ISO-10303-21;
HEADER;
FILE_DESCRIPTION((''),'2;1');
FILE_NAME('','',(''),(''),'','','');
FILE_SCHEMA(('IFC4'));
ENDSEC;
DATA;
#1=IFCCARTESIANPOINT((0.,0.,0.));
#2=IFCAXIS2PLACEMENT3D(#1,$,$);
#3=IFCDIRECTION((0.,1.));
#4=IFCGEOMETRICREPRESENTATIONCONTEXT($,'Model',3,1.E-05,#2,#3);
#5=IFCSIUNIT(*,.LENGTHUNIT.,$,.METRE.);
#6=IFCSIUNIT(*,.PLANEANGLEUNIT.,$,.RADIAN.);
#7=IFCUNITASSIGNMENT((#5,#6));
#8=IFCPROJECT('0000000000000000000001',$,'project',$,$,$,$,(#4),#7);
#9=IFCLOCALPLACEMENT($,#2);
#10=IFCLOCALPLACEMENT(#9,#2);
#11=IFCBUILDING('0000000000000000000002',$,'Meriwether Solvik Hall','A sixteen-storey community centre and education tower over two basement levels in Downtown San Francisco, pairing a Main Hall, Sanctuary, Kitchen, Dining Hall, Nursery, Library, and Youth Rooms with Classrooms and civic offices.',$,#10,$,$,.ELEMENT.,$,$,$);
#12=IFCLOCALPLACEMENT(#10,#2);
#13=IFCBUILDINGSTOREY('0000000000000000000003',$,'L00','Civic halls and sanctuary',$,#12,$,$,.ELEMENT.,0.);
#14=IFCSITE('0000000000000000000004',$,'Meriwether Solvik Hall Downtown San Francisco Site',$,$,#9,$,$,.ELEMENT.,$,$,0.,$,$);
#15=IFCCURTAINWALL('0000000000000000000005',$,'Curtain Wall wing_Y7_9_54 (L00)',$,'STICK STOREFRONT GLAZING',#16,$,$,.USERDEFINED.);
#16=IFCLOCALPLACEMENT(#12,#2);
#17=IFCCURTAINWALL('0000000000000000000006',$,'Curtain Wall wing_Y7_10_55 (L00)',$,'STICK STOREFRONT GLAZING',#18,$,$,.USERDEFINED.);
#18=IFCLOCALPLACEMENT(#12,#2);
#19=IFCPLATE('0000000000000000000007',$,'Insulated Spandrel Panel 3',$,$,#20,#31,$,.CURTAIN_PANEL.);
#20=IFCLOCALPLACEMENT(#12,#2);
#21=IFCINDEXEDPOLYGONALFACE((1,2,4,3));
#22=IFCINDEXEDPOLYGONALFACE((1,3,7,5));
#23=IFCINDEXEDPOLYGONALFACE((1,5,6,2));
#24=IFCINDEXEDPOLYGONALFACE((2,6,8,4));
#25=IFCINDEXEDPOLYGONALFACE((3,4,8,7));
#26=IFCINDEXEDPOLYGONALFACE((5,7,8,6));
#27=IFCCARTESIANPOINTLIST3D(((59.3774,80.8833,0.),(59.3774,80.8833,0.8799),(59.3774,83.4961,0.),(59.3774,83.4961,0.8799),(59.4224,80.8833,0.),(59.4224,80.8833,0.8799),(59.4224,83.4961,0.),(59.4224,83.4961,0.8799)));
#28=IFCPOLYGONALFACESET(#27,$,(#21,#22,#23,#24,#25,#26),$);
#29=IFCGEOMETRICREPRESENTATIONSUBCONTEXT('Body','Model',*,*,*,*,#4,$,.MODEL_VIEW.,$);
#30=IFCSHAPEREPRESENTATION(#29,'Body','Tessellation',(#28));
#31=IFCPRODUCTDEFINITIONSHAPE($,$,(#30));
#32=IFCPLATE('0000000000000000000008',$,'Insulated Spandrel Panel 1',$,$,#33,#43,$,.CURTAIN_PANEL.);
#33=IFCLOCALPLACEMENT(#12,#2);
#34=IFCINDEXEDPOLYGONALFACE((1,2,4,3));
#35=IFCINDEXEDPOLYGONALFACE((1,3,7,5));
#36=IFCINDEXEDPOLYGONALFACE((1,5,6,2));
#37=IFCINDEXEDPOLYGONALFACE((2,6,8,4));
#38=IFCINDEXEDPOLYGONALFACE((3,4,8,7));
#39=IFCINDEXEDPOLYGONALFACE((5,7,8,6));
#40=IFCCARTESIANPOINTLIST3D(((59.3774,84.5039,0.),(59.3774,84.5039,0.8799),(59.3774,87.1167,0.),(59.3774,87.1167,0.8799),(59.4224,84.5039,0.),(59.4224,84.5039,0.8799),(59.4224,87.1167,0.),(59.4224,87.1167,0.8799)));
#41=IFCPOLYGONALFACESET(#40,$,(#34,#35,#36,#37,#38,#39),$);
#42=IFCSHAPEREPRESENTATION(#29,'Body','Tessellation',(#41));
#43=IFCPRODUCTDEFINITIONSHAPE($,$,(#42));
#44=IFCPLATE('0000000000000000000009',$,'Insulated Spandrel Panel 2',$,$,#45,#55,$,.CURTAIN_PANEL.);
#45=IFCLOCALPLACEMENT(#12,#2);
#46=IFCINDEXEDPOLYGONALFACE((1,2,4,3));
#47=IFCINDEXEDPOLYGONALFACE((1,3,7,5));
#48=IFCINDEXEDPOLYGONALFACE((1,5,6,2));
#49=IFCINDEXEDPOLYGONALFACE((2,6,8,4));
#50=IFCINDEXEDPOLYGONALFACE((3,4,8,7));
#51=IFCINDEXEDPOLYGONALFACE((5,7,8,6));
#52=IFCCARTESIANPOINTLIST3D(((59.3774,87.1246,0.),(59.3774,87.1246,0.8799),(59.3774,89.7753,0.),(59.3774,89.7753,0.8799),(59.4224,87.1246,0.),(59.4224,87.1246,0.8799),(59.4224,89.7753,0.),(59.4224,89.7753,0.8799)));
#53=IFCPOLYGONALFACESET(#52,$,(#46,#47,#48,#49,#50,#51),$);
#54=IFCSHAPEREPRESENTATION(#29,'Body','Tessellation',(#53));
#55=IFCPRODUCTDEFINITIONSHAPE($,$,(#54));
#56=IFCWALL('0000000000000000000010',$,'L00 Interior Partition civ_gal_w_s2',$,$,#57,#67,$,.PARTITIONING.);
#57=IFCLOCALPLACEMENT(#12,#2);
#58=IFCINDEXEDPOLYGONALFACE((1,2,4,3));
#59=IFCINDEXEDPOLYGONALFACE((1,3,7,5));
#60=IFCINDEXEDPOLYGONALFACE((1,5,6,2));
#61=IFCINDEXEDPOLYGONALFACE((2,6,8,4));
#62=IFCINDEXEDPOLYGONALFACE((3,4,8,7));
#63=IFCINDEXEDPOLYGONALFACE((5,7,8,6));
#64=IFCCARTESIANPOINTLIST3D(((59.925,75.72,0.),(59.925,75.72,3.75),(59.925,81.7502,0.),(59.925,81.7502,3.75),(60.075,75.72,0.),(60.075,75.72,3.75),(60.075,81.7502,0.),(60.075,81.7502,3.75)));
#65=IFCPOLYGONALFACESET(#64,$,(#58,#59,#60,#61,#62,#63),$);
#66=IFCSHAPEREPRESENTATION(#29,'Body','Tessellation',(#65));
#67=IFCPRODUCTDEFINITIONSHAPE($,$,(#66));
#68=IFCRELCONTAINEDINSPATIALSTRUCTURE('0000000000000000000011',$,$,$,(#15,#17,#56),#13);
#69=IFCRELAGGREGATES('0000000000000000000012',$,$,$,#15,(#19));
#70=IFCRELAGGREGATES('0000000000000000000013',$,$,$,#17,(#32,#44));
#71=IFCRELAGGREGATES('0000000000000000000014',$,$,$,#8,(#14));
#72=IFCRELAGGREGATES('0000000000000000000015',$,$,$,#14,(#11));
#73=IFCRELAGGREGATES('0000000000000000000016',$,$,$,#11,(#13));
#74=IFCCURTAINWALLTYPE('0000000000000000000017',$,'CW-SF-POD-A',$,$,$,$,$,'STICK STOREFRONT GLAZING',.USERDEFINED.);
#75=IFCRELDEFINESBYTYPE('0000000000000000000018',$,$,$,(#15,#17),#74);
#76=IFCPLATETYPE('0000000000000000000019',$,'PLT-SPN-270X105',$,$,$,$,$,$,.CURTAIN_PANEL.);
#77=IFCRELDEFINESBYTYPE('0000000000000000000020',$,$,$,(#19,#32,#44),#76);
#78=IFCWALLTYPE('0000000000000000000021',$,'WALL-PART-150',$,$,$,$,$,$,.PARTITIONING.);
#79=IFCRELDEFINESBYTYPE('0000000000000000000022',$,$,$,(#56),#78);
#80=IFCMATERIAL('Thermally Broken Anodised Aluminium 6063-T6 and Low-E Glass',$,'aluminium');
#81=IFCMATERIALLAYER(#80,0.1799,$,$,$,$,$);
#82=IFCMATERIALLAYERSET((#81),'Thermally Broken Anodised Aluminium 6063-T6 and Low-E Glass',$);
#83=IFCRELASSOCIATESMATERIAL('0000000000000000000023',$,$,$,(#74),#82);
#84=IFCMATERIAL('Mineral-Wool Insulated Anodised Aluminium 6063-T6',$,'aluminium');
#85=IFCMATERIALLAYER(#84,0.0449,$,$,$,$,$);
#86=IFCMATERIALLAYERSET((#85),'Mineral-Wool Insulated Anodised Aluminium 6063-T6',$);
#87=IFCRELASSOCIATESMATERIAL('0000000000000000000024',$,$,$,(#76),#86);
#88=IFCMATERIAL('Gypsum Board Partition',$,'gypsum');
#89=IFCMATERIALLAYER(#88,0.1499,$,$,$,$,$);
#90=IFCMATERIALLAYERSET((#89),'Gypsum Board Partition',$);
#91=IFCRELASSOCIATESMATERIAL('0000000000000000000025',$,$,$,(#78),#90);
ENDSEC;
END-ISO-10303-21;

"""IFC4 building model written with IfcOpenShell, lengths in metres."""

from ifc_helpers import new_model, si_unit, direction, frame, frame_2d, origin, origin_2d, place, context, subcontext, project, spatial, rectangle, extrude, material, layer, layer_set, type_object, element, aggregate, save


model = new_model("IFC4")

# Units and contexts
model_context = context("Model", 3, precision=1e-05, world=origin(), true_north=direction((0.0, 1.0)))
body_context = subcontext(model_context, "Body", "Model", "MODEL_VIEW")
ifc_project = project(units=[si_unit("LENGTHUNIT", "METRE"), si_unit("PLANEANGLEUNIT", "RADIAN")], contexts=[model_context])

# Site, building, storey
site_placement = place(None, origin())
site = spatial("IfcSite", under=ifc_project, at=site_placement, Name="Meriwether Solvik Hall Downtown San Francisco Site", CompositionType="ELEMENT", RefElevation=0.0)
building_placement = place(site_placement, origin())
building = spatial("IfcBuilding", under=site, at=building_placement, Name="Meriwether Solvik Hall", Description="A sixteen-storey community centre and education tower over two basement levels in Downtown San Francisco, pairing a Main Hall, Sanctuary, Kitchen, Dining Hall, Nursery, Library, and Youth Rooms with Classrooms and civic offices.", CompositionType="ELEMENT")
storey_placement = place(building_placement, origin())
storey = spatial("IfcBuildingStorey", under=building, at=storey_placement, Name="L00", Description="Civic halls and sanctuary", CompositionType="ELEMENT", Elevation=0.0)

# Curtain walls
ifc_material_1 = material(Name="Thermally Broken Anodised Aluminium 6063-T6 and Low-E Glass", Category="aluminium")
ifc_layer_1 = layer(ifc_material_1, 0.1799)
ifc_layer_set_1 = layer_set([ifc_layer_1], Name="Thermally Broken Anodised Aluminium 6063-T6 and Low-E Glass")
curtain_wall_type = type_object("IfcCurtainWallType", Name="CW-SF-POD-A", ElementType="STICK STOREFRONT GLAZING", PredefinedType="USERDEFINED", material=ifc_layer_set_1)
curtain_wall_1_placement = place(storey_placement, origin())
curtain_wall_1 = element("IfcCurtainWall", 1, at=curtain_wall_1_placement, inside=storey, type_object=curtain_wall_type, Name="Curtain Wall wing_Y7_9_54 (L00)", ObjectType="STICK STOREFRONT GLAZING", PredefinedType="USERDEFINED")
curtain_wall_2_placement = place(storey_placement, origin())
curtain_wall_2 = element("IfcCurtainWall", 2, at=curtain_wall_2_placement, inside=storey, type_object=curtain_wall_type, Name="Curtain Wall wing_Y7_10_55 (L00)", ObjectType="STICK STOREFRONT GLAZING", PredefinedType="USERDEFINED")

# Plates
ifc_material_2 = material(Name="Mineral-Wool Insulated Anodised Aluminium 6063-T6", Category="aluminium")
ifc_layer_2 = layer(ifc_material_2, 0.0449)
ifc_layer_set_2 = layer_set([ifc_layer_2], Name="Mineral-Wool Insulated Anodised Aluminium 6063-T6")
plate_type_1 = type_object("IfcPlateType", Name="PLT-SPN-270X105", PredefinedType="CURTAIN_PANEL", material=ifc_layer_set_2)
plate_1_placement = place(storey_placement, frame((59.3999, 82.1897, 0.0), z_axis=(0.0, 0.0, 1.0), x_axis=(0.0, 1.0, 0.0)))
plate_1 = element("IfcPlate", 3, at=plate_1_placement, type_object=plate_type_1, Name="Insulated Spandrel Panel 3", PredefinedType="CURTAIN_PANEL", context=body_context, shape_type="SweptSolid", body=[
    extrude(rectangle(XDim=2.6128, YDim=0.0449, at=origin_2d()), origin(), (0.0, 0.0, 1.0), 0.8799),
])
aggregate(curtain_wall_1, [plate_1])
plate_2_placement = place(storey_placement, frame((59.3999, 85.8103, 0.0), z_axis=(0.0, 0.0, 1.0), x_axis=(0.0, 1.0, 0.0)))
plate_2 = element("IfcPlate", 4, at=plate_2_placement, type_object=plate_type_1, Name="Insulated Spandrel Panel 1", PredefinedType="CURTAIN_PANEL", context=body_context, shape_type="SweptSolid", body=[
    extrude(rectangle(XDim=2.6128, YDim=0.0449, at=origin_2d()), origin(), (0.0, 0.0, 1.0), 0.8799),
])
plate_3_placement = place(storey_placement, frame((59.3999, 88.45, 0.0), z_axis=(0.0, 0.0, 1.0), x_axis=(0.0, 1.0, 0.0)))
plate_3 = element("IfcPlate", 5, at=plate_3_placement, type_object=plate_type_1, Name="Insulated Spandrel Panel 2", PredefinedType="CURTAIN_PANEL", context=body_context, shape_type="SweptSolid", body=[
    extrude(rectangle(XDim=2.6506, YDim=0.0449, at=origin_2d()), origin(), (0.0, 0.0, 1.0), 0.8799),
])
aggregate(curtain_wall_2, [plate_2, plate_3])

# Wall
ifc_material_3 = material(Name="Gypsum Board Partition", Category="gypsum")
ifc_layer_3 = layer(ifc_material_3, 0.1499)
ifc_layer_set_3 = layer_set([ifc_layer_3], Name="Gypsum Board Partition")
wall_type = type_object("IfcWallType", Name="WALL-PART-150", PredefinedType="PARTITIONING", material=ifc_layer_set_3)
wall_placement = place(storey_placement, frame((60.0, 81.7502, 0.0), z_axis=(0.0, 0.0, 1.0), x_axis=(0.0, -1.0, 0.0)))
element("IfcWall", 6, at=wall_placement, inside=storey, type_object=wall_type, Name="L00 Interior Partition civ_gal_w_s2", PredefinedType="PARTITIONING", context=body_context, shape_type="SweptSolid", body=[
    extrude(rectangle(XDim=6.0303, YDim=0.1499, at=frame_2d((3.0151, 0.0))), origin(), (0.0, 0.0, 1.0), 3.75),
])

save(model, "model.ifc")
